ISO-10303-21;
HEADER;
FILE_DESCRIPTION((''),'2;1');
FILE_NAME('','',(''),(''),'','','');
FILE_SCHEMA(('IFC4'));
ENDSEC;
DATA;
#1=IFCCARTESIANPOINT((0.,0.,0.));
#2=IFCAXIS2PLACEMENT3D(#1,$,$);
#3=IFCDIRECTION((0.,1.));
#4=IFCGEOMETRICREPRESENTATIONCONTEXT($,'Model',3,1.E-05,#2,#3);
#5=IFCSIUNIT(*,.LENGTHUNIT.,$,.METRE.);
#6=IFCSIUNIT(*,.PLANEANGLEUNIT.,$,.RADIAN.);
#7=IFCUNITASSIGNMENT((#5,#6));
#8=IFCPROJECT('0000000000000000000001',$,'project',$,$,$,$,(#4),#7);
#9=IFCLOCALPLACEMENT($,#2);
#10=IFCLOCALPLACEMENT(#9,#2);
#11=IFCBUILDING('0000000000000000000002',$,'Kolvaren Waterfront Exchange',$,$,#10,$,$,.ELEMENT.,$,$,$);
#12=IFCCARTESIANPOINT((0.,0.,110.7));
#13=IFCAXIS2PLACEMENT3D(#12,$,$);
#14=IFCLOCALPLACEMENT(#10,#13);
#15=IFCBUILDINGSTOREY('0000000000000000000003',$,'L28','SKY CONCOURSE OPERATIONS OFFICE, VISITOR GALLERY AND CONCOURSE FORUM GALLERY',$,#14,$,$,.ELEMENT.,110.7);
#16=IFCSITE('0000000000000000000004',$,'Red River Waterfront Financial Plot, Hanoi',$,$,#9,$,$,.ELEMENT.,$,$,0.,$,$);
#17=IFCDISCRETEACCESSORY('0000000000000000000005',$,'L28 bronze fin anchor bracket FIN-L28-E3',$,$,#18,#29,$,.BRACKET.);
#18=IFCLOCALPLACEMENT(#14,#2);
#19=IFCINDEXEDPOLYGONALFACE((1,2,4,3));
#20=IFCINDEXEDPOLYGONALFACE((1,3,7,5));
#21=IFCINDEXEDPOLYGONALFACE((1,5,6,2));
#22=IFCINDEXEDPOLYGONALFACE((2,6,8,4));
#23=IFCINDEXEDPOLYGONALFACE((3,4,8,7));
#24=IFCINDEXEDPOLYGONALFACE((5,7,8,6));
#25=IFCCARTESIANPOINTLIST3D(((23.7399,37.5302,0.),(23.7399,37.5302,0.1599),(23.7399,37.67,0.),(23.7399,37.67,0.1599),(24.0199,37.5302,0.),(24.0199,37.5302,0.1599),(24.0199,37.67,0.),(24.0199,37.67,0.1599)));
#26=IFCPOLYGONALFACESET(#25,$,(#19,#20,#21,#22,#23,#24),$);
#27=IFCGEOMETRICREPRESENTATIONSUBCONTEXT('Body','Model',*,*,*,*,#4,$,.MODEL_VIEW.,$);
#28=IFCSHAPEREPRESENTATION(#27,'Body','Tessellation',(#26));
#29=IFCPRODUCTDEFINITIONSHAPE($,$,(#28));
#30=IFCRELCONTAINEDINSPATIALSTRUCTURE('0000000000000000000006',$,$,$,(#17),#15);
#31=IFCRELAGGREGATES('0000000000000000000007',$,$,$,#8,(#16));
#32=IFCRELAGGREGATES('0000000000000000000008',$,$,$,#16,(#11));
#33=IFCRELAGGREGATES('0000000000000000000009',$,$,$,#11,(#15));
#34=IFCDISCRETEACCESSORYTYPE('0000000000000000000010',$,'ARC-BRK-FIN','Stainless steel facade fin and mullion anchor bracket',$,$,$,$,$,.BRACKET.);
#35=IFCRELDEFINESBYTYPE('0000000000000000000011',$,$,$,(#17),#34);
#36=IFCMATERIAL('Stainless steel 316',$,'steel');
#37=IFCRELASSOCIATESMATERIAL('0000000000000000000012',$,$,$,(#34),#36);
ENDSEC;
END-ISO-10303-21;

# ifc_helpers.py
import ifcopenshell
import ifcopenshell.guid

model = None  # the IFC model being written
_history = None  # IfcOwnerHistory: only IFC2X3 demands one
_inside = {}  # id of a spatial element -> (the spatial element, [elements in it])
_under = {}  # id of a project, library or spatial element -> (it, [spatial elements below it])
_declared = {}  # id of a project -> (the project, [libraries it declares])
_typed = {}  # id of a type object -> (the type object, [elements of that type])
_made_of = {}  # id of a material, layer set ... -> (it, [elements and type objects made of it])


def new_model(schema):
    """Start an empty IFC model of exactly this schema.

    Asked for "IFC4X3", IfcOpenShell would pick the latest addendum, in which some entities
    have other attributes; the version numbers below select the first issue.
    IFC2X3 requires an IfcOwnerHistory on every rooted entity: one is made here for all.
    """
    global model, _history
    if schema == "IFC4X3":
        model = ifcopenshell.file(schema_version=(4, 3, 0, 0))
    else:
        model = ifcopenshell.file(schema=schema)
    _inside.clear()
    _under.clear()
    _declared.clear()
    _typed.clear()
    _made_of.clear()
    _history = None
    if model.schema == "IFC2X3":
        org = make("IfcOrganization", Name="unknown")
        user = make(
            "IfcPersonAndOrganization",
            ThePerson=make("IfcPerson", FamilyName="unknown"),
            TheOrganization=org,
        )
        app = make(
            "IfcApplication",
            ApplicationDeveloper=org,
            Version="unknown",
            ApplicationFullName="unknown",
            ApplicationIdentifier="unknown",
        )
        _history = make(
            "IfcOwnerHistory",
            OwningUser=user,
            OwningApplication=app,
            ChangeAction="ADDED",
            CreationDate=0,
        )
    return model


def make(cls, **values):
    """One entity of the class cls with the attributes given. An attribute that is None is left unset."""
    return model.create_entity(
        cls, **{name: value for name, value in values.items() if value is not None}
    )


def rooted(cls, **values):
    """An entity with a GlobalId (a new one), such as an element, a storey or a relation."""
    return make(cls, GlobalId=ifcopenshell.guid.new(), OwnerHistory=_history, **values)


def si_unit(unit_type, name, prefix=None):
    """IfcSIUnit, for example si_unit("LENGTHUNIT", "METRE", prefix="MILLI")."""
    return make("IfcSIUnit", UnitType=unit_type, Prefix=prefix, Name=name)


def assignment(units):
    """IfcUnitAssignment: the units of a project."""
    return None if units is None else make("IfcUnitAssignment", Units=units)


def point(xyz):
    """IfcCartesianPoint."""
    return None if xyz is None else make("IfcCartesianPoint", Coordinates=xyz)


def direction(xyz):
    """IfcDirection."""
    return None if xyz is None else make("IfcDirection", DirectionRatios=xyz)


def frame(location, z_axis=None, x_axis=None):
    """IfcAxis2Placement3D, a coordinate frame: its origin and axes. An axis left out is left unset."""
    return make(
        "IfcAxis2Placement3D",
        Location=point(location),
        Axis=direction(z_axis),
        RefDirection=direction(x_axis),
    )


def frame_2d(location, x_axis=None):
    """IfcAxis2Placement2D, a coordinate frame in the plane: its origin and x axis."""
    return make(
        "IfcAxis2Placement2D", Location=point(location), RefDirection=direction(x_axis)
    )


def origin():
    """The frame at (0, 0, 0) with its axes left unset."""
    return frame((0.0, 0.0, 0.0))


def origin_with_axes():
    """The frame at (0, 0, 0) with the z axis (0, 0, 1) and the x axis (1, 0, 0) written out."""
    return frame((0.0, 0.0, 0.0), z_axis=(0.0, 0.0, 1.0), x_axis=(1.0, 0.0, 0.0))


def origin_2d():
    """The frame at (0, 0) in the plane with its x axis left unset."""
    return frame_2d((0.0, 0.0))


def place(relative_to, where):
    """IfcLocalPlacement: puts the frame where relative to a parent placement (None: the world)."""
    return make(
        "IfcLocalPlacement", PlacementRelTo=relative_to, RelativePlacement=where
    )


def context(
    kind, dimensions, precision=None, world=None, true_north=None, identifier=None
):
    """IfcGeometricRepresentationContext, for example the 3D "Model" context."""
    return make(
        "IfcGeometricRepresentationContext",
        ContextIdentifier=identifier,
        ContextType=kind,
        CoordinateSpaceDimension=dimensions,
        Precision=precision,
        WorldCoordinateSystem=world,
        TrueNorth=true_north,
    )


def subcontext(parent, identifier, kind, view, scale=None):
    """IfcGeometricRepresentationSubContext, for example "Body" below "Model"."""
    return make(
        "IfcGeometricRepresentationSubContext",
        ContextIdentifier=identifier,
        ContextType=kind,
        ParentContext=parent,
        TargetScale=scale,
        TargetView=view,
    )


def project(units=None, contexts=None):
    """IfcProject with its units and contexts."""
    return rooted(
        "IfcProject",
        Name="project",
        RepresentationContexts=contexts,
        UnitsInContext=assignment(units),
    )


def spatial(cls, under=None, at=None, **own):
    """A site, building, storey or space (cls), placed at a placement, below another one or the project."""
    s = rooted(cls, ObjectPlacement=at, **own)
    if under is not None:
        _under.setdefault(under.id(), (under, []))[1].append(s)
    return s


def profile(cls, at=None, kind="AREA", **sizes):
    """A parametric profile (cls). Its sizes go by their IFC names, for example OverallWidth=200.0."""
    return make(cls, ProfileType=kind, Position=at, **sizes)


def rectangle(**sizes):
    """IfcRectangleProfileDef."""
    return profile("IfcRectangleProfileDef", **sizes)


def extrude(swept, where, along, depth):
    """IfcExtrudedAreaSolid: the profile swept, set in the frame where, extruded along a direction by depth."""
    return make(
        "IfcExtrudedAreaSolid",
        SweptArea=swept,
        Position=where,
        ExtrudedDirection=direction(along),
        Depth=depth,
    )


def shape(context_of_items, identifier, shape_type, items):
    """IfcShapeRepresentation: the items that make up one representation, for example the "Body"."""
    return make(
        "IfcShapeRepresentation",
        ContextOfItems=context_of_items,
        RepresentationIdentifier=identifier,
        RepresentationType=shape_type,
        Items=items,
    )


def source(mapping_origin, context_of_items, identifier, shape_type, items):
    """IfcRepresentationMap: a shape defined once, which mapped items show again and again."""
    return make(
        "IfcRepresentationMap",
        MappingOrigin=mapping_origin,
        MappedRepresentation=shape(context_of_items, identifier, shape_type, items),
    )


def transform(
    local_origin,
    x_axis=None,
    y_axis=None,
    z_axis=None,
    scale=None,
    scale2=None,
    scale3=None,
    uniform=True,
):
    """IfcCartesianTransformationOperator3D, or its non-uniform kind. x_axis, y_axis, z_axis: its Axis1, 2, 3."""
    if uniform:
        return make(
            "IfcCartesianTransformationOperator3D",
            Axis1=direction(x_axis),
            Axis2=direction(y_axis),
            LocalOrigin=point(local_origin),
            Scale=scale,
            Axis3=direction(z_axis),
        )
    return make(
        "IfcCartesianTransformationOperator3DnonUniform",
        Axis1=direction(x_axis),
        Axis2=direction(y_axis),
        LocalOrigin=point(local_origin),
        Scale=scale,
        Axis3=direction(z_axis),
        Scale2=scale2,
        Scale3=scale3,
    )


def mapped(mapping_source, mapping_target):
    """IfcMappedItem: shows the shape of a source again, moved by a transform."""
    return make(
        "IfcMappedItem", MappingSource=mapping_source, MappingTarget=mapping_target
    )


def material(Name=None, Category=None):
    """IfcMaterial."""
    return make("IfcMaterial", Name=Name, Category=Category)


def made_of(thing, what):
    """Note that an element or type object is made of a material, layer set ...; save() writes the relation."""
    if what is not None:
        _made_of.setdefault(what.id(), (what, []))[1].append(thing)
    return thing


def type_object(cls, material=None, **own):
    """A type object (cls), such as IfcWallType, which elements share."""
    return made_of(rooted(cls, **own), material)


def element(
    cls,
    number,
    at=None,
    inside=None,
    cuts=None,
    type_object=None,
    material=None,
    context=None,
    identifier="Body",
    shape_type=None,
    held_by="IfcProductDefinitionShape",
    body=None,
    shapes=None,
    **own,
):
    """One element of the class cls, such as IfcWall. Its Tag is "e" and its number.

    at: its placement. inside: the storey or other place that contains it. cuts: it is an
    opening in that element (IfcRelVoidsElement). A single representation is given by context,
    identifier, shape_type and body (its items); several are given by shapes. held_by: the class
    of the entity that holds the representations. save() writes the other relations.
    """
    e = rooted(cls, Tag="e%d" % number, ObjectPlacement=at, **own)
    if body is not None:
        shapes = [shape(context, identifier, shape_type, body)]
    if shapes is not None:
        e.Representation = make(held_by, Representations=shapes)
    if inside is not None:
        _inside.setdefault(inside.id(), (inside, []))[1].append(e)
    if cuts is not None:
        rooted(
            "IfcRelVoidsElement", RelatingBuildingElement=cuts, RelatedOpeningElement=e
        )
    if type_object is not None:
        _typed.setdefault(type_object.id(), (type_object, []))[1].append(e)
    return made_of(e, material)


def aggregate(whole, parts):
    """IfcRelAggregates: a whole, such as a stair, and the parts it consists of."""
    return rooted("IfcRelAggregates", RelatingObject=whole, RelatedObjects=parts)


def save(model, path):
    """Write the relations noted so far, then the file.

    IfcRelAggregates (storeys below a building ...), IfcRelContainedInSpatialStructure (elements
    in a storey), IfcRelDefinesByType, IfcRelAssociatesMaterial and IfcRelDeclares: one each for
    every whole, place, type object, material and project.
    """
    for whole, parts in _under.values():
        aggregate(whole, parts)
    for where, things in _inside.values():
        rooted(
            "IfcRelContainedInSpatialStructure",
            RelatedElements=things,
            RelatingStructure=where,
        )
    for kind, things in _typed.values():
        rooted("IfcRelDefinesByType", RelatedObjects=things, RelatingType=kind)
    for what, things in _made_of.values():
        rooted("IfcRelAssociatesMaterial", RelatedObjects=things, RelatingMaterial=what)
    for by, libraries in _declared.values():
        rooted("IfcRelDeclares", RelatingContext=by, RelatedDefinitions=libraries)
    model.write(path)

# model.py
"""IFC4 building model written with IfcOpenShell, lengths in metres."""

from ifc_helpers import new_model, si_unit, direction, frame, origin, origin_with_axes, origin_2d, place, context, subcontext, project, spatial, rectangle, extrude, source, transform, mapped, material, type_object, element, save


model = new_model("IFC4")

# Units and contexts
model_context = context("Model", 3, precision=1e-05, world=origin(), true_north=direction((0.0, 1.0)))
body_context = subcontext(model_context, "Body", "Model", "MODEL_VIEW")
ifc_project = project(units=[si_unit("LENGTHUNIT", "METRE"), si_unit("PLANEANGLEUNIT", "RADIAN")], contexts=[model_context])

# Site, building, storey
site_placement = place(None, origin())
site = spatial("IfcSite", under=ifc_project, at=site_placement, Name="Red River Waterfront Financial Plot, Hanoi", CompositionType="ELEMENT", RefElevation=0.0)
building_placement = place(site_placement, origin())
building = spatial("IfcBuilding", under=site, at=building_placement, Name="Kolvaren Waterfront Exchange", CompositionType="ELEMENT")
storey_placement = place(building_placement, frame((0.0, 0.0, 110.7)))
storey = spatial("IfcBuildingStorey", under=building, at=storey_placement, Name="L28", Description="SKY CONCOURSE OPERATIONS OFFICE, VISITOR GALLERY AND CONCOURSE FORUM GALLERY", CompositionType="ELEMENT", Elevation=110.7)

# Discrete accessory
ifc_material_1 = material(Name="Stainless steel 316", Category="steel")
discrete_accessory_type = type_object("IfcDiscreteAccessoryType", Name="ARC-BRK-FIN", Description="Stainless steel facade fin and mullion anchor bracket", PredefinedType="BRACKET", material=ifc_material_1)
shared_shape_1 = source(origin_with_axes(), body_context, "Body", "SweptSolid", [
    extrude(rectangle(XDim=0.28, YDim=0.1399, at=origin_2d()), origin(), (0.0, 0.0, 1.0), 0.1599),
])
discrete_accessory_placement = place(storey_placement, frame((23.8799, 37.6001, 0.0), z_axis=(0.0, 0.0, 1.0), x_axis=(1.0, 0.0, 0.0)))
element("IfcDiscreteAccessory", 1, at=discrete_accessory_placement, inside=storey, type_object=discrete_accessory_type, Name="L28 bronze fin anchor bracket FIN-L28-E3", PredefinedType="BRACKET", context=body_context, shape_type="MappedRepresentation", body=[
    mapped(shared_shape_1, transform((0.0, 0.0, 0.0), x_axis=(1.0, 0.0, 0.0), y_axis=(0.0, 1.0, 0.0), z_axis=(0.0, 0.0, 1.0), scale=1.0)),
])

save(model, "model.ifc")
